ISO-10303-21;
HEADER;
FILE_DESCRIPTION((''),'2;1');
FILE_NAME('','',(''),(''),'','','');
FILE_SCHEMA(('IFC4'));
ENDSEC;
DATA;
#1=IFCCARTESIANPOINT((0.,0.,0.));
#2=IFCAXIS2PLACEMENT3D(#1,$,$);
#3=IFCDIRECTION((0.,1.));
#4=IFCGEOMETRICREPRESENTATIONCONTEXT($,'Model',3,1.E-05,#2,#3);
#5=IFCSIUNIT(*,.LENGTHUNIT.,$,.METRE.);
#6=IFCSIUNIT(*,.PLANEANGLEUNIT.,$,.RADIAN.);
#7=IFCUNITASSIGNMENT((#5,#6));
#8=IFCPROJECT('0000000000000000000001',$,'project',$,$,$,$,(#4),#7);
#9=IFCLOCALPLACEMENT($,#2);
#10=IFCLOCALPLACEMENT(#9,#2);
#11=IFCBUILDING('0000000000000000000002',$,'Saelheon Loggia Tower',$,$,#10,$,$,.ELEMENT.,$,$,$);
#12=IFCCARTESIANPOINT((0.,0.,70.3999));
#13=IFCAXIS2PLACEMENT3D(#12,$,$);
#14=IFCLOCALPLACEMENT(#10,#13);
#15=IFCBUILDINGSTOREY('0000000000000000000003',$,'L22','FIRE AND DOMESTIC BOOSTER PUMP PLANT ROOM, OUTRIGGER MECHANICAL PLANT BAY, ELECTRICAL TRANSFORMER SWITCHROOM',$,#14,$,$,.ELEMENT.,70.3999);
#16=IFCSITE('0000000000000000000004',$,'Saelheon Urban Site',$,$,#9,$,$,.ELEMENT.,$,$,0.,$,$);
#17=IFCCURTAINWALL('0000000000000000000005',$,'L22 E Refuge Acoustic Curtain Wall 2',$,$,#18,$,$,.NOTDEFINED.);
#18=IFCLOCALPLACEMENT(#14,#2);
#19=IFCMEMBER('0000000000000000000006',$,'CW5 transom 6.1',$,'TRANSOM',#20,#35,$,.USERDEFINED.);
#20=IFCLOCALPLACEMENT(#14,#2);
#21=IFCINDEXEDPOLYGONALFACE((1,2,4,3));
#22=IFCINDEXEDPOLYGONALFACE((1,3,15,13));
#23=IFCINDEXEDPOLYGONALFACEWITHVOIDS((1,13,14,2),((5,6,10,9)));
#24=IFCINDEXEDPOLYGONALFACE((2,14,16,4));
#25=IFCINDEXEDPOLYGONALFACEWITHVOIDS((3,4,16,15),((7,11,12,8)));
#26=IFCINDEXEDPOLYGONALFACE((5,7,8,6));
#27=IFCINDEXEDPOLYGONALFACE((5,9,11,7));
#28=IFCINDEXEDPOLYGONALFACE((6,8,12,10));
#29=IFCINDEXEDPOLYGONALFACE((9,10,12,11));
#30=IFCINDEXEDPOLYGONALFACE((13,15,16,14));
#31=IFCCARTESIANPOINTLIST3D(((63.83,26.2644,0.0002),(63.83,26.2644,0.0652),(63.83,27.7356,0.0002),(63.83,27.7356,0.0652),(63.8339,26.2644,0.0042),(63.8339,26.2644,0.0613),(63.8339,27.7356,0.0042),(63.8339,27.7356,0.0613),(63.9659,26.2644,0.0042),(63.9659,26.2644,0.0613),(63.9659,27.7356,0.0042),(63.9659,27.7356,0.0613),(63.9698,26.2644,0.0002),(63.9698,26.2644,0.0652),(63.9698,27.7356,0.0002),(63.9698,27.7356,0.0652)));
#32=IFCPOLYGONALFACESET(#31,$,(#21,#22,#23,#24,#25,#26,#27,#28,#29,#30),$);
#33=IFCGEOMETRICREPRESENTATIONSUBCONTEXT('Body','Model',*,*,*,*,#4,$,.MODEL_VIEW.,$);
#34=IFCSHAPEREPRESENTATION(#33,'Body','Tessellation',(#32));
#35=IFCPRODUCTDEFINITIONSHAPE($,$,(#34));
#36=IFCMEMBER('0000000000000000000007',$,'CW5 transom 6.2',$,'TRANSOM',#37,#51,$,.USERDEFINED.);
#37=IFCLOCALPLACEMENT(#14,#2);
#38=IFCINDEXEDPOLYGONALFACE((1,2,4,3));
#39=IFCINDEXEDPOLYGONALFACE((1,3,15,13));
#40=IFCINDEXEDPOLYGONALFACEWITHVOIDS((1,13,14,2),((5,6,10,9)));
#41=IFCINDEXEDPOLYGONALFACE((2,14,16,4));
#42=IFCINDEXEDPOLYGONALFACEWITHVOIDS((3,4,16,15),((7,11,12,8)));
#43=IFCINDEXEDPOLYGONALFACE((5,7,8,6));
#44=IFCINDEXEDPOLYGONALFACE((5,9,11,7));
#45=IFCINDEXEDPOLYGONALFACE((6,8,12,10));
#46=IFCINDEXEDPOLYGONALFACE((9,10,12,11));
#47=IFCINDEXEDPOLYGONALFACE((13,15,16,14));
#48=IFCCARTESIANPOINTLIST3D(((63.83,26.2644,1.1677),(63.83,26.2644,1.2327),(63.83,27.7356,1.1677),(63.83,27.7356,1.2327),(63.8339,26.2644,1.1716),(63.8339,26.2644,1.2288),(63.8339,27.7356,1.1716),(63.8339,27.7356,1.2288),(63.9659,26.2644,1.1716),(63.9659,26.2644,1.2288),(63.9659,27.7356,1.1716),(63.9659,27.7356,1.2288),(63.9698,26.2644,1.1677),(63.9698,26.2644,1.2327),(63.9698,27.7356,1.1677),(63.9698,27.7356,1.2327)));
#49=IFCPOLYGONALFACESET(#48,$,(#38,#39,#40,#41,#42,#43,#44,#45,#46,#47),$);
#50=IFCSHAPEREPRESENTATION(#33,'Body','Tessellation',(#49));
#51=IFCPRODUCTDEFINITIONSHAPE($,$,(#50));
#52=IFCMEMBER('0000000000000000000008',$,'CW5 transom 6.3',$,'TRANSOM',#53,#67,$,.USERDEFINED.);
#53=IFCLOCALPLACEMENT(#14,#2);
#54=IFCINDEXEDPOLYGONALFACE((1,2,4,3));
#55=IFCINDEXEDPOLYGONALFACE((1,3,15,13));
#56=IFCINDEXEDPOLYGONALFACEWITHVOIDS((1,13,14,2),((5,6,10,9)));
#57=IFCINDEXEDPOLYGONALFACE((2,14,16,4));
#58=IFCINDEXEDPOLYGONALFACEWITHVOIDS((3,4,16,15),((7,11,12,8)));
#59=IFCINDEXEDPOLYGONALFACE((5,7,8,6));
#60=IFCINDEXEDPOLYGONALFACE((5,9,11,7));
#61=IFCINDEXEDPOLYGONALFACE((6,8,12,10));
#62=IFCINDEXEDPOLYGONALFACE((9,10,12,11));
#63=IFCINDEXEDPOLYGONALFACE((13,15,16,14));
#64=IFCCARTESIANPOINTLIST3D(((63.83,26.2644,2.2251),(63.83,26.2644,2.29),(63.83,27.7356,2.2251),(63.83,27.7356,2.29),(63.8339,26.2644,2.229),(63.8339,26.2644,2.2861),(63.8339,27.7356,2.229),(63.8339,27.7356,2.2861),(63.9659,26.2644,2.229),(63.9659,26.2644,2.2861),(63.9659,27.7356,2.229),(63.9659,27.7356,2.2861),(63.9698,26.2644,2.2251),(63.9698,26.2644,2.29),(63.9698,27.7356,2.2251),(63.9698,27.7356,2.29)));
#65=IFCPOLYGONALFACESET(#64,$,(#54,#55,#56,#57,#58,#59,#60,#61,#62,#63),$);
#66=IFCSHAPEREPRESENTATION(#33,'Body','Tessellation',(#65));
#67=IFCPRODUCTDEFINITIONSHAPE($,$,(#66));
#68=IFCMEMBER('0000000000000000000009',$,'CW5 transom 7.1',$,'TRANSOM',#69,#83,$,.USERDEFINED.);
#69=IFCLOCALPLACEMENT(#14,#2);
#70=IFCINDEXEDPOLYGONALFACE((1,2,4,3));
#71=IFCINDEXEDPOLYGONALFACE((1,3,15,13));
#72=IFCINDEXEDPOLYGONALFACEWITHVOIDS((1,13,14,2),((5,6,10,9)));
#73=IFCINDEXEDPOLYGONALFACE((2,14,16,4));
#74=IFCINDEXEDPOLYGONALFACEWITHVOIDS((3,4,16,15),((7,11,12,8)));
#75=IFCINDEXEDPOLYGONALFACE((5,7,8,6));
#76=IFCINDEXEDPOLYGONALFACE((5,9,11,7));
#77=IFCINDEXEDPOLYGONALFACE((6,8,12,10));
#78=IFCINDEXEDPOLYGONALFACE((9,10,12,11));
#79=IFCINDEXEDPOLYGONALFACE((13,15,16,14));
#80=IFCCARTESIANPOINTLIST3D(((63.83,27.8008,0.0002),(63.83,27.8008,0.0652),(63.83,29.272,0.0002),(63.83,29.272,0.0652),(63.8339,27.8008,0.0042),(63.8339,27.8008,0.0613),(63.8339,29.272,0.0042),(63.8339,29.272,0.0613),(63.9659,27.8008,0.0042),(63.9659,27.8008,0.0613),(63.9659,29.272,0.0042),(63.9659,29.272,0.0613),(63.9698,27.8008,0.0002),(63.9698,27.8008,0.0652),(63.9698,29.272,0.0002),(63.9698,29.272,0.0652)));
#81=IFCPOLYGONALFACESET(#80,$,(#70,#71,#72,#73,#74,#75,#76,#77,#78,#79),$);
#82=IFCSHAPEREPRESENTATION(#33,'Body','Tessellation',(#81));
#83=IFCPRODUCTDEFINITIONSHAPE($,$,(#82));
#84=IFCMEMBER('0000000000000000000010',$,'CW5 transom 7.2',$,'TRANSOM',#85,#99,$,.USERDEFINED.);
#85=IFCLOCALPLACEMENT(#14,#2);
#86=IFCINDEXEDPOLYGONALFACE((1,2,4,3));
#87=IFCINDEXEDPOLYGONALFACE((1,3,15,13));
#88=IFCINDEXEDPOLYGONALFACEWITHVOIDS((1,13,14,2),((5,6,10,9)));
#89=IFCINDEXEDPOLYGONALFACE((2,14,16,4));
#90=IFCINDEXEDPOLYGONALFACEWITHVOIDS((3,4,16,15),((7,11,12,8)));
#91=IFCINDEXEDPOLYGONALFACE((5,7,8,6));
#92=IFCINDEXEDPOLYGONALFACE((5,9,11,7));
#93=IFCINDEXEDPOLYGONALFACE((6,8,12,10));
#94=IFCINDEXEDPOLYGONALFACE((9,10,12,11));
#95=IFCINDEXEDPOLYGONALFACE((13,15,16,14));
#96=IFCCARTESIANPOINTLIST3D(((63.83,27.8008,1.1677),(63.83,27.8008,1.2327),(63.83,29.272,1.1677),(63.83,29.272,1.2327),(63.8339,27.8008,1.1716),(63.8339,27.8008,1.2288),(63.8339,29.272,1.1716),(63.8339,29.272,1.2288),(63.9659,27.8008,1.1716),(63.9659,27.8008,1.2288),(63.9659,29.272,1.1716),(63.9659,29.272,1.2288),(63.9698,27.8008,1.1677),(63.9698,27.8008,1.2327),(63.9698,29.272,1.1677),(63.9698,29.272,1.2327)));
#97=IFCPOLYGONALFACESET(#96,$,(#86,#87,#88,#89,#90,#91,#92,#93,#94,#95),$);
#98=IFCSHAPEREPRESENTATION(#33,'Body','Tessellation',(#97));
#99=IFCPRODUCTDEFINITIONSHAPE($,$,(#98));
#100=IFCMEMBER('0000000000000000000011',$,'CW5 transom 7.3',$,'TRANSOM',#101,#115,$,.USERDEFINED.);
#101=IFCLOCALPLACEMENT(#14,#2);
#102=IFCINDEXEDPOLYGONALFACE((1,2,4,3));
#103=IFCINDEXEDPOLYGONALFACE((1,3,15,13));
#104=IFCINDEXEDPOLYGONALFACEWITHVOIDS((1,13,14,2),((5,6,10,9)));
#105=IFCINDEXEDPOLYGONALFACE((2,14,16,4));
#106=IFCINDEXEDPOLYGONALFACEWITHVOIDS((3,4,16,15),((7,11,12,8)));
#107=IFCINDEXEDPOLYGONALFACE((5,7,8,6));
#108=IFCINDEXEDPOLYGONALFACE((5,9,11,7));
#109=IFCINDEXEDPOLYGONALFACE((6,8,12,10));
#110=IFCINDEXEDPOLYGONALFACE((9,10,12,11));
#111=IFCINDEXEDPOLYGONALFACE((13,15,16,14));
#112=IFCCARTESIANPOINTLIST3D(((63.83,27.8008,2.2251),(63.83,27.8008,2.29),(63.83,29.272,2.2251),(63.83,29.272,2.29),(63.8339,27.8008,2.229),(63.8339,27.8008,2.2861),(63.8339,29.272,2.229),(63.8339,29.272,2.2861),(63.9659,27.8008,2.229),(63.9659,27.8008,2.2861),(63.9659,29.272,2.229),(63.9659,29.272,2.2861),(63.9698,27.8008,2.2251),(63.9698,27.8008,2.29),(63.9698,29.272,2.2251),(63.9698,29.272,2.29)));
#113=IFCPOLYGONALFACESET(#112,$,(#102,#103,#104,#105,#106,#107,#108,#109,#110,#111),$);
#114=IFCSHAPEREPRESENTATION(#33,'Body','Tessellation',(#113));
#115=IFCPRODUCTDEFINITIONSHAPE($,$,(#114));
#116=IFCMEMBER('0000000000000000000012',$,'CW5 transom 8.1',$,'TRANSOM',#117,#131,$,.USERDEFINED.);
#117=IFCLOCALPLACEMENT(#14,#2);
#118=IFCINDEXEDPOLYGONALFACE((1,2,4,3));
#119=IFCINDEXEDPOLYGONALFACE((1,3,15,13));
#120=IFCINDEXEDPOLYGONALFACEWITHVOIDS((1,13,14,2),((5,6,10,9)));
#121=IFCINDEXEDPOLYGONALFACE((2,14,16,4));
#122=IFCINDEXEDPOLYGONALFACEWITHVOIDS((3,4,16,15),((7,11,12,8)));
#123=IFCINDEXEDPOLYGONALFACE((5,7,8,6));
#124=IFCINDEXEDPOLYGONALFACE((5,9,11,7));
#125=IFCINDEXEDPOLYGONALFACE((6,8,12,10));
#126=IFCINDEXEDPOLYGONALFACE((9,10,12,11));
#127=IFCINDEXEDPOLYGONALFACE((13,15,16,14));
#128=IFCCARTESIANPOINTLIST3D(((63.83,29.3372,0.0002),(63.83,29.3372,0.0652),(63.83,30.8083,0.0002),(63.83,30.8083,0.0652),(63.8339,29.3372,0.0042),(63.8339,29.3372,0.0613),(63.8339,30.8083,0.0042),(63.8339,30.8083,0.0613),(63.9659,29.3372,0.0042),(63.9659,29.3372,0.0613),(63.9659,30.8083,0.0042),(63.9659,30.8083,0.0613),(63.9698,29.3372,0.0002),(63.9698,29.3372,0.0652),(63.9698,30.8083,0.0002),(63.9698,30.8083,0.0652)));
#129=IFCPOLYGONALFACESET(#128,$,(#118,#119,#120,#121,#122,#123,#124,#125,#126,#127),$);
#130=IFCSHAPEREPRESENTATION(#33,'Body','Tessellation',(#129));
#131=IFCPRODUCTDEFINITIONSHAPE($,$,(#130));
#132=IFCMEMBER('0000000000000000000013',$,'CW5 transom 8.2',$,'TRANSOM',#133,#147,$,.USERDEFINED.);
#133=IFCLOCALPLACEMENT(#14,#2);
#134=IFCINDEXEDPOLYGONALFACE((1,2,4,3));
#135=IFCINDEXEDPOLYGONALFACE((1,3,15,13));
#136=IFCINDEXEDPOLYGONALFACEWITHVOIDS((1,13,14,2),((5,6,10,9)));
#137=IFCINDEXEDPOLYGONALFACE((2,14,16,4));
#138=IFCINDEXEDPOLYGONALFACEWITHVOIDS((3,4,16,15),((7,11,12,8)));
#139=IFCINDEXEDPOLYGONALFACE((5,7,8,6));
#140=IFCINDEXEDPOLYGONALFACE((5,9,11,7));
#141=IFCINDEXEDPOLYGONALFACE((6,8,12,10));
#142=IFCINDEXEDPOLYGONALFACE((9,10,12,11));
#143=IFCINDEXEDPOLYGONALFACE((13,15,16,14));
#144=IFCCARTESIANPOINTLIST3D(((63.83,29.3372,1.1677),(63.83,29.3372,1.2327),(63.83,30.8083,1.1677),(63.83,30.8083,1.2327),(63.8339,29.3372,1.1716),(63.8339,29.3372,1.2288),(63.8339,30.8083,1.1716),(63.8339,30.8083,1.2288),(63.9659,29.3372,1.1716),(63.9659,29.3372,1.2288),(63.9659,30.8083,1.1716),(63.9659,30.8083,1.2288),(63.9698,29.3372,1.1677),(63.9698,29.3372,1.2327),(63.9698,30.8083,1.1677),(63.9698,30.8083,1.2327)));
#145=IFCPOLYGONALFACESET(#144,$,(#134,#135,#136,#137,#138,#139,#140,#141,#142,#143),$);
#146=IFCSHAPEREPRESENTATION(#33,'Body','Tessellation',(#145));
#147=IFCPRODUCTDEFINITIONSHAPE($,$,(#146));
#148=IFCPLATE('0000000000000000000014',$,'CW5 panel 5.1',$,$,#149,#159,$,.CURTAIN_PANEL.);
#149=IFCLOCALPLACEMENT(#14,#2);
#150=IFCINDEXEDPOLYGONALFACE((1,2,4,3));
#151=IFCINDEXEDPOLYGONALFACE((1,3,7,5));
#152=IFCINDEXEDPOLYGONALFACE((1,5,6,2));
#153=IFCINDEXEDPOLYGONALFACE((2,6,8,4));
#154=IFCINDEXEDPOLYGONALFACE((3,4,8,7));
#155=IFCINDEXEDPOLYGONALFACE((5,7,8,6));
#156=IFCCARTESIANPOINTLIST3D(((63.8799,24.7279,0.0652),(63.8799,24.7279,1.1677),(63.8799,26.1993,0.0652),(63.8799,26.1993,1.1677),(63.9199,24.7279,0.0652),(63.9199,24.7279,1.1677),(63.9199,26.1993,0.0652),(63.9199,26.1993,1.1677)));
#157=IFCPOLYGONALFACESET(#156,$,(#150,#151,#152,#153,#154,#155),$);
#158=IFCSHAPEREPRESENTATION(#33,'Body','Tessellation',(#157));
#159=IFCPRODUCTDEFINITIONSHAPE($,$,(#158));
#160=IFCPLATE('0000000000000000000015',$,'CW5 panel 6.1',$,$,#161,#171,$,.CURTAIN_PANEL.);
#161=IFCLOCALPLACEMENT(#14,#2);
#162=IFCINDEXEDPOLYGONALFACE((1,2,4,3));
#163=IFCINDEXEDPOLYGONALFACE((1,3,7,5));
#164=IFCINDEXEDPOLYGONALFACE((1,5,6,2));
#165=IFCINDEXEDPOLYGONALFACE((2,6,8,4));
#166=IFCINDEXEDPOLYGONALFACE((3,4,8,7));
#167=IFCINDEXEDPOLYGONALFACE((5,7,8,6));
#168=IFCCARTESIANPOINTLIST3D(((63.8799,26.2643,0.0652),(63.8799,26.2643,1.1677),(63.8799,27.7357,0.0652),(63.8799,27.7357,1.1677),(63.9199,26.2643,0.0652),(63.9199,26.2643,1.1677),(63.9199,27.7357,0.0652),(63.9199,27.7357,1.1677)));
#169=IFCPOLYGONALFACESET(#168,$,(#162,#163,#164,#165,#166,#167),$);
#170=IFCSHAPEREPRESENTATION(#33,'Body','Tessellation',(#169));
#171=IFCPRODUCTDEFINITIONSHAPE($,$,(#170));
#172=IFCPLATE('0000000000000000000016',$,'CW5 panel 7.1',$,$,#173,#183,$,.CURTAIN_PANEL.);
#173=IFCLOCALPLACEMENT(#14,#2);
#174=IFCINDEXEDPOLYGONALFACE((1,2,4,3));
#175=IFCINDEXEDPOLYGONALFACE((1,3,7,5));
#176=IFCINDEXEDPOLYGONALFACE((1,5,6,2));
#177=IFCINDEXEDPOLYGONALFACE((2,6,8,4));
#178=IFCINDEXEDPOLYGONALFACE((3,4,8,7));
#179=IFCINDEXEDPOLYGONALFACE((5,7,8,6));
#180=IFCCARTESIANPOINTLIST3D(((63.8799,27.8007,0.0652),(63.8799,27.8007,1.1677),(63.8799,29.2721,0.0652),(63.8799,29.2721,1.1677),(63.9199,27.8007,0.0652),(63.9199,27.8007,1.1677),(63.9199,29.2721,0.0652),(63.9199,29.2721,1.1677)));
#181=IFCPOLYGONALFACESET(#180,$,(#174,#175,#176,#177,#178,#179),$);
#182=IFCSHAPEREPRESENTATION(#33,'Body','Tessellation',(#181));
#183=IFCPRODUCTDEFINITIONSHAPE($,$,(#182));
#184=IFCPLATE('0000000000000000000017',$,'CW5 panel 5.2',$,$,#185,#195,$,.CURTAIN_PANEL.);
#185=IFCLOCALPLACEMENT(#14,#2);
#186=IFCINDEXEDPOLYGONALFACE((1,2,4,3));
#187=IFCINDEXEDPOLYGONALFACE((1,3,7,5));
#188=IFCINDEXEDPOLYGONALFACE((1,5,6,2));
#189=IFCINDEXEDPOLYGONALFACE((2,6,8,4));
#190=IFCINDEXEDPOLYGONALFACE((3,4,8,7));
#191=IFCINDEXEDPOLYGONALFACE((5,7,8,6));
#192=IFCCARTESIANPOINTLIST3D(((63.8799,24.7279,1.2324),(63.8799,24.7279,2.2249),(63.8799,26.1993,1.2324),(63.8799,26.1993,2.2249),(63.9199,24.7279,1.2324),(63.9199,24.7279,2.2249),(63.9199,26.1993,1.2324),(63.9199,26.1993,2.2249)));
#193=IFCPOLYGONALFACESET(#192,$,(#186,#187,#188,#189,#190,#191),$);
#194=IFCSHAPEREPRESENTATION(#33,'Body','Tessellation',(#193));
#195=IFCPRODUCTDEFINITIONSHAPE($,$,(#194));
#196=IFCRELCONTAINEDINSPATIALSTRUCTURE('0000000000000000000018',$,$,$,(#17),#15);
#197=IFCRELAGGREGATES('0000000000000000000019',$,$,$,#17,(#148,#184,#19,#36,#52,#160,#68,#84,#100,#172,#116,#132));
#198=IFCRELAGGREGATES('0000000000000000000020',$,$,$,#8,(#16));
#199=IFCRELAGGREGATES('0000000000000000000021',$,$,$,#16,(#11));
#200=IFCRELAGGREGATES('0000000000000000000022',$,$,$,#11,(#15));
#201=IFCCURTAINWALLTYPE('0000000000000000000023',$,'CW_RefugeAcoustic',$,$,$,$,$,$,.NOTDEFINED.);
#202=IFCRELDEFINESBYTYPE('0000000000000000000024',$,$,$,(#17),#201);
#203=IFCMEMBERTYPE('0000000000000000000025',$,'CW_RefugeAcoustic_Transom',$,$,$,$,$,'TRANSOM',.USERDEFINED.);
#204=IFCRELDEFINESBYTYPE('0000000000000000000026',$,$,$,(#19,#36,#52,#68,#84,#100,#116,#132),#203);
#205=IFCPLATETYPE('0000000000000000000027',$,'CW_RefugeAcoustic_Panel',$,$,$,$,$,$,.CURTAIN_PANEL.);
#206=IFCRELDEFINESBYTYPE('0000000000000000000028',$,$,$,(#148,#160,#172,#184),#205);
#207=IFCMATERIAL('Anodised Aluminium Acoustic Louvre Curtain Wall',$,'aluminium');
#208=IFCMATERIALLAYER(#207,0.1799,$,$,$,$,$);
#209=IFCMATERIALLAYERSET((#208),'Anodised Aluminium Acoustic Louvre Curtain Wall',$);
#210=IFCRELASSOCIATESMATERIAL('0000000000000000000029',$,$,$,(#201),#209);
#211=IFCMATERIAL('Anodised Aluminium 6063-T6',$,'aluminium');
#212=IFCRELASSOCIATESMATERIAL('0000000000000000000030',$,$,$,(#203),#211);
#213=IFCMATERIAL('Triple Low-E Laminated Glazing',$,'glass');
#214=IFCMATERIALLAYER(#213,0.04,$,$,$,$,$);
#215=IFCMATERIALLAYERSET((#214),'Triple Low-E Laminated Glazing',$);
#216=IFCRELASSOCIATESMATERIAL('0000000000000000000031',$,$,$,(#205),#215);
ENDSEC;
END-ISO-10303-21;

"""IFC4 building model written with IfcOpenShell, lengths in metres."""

from ifc_helpers import new_model, si_unit, direction, frame, origin, origin_2d, place, context, subcontext, project, spatial, rectangle, hollow_rectangle, extrude, source, transform, mapped, material, layer, layer_set, material_profile, profile_set, type_object, element, aggregate, save


model = new_model("IFC4")

# Units and contexts
model_context = context("Model", 3, precision=1e-05, world=origin(), true_north=direction((0.0, 1.0)))
body_context = subcontext(model_context, "Body", "Model", "MODEL_VIEW")
ifc_project = project(units=[si_unit("LENGTHUNIT", "METRE"), si_unit("PLANEANGLEUNIT", "RADIAN")], contexts=[model_context])

# Site, building, storey
site_placement = place(None, origin())
site = spatial("IfcSite", under=ifc_project, at=site_placement, Name="Saelheon Urban Site", CompositionType="ELEMENT", RefElevation=0.0)
building_placement = place(site_placement, origin())
building = spatial("IfcBuilding", under=site, at=building_placement, Name="Saelheon Loggia Tower", CompositionType="ELEMENT")
storey_placement = place(building_placement, frame((0.0, 0.0, 70.3999)))
storey = spatial("IfcBuildingStorey", under=building, at=storey_placement, Name="L22", Description="FIRE AND DOMESTIC BOOSTER PUMP PLANT ROOM, OUTRIGGER MECHANICAL PLANT BAY, ELECTRICAL TRANSFORMER SWITCHROOM", CompositionType="ELEMENT", Elevation=70.3999)

# Curtain wall, members, plates
ifc_material_1 = material(Name="Anodised Aluminium Acoustic Louvre Curtain Wall", Category="aluminium")
ifc_layer_1 = layer(ifc_material_1, 0.1799)
ifc_layer_set_1 = layer_set([ifc_layer_1], Name="Anodised Aluminium Acoustic Louvre Curtain Wall")
curtain_wall_type = type_object("IfcCurtainWallType", Name="CW_RefugeAcoustic", PredefinedType="NOTDEFINED", material=ifc_layer_set_1)
curtain_wall_placement = place(storey_placement, origin())
curtain_wall = element("IfcCurtainWall", 1, at=curtain_wall_placement, inside=storey, type_object=curtain_wall_type, Name="L22 E Refuge Acoustic Curtain Wall 2", PredefinedType="NOTDEFINED")
ifc_material_2 = material(Name="Anodised Aluminium 6063-T6", Category="aluminium")
ifc_material_profile_1 = material_profile(ifc_material_2, hollow_rectangle(XDim=0.0649, YDim=0.1399, WallThickness=0.0039, at=origin_2d()), Name="RHS-140x65x4")
ifc_profile_set_1 = profile_set([ifc_material_profile_1], Name="Anodised Aluminium 6063-T6")
member_type_1 = type_object("IfcMemberType", Name="CW_RefugeAcoustic_Transom", ElementType="TRANSOM", PredefinedType="USERDEFINED", material=ifc_profile_set_1)
shared_shape_1 = source(origin(), body_context, "Body", "SweptSolid", [
    extrude(hollow_rectangle(XDim=0.0649, YDim=0.1399, WallThickness=0.0039, at=origin_2d()), origin(), (0.0, 0.0, 1.0), 1.4712),
])
member_1_placement = place(storey_placement, frame((63.8999, 26.2644, 0.0327), z_axis=(0.0, 1.0, 0.0), x_axis=(0.0, 0.0, 1.0)))
member_1 = element("IfcMember", 2, at=member_1_placement, type_object=member_type_1, Name="CW5 transom 6.1", ObjectType="TRANSOM", PredefinedType="USERDEFINED", context=body_context, shape_type="MappedRepresentation", body=[
    mapped(shared_shape_1, transform((0.0, 0.0, 0.0), scale=1.0)),
])
member_2_placement = place(storey_placement, frame((63.8999, 26.2644, 1.2002), z_axis=(0.0, 1.0, 0.0), x_axis=(0.0, 0.0, 1.0)))
member_2 = element("IfcMember", 3, at=member_2_placement, type_object=member_type_1, Name="CW5 transom 6.2", ObjectType="TRANSOM", PredefinedType="USERDEFINED", context=body_context, shape_type="MappedRepresentation", body=[
    mapped(shared_shape_1, transform((0.0, 0.0, 0.0), scale=1.0)),
])
member_3_placement = place(storey_placement, frame((63.8999, 26.2644, 2.2576), z_axis=(0.0, 1.0, 0.0), x_axis=(0.0, 0.0, 1.0)))
member_3 = element("IfcMember", 4, at=member_3_placement, type_object=member_type_1, Name="CW5 transom 6.3", ObjectType="TRANSOM", PredefinedType="USERDEFINED", context=body_context, shape_type="MappedRepresentation", body=[
    mapped(shared_shape_1, transform((0.0, 0.0, 0.0), scale=1.0)),
])
member_4_placement = place(storey_placement, frame((63.8999, 27.8008, 0.0327), z_axis=(0.0, 1.0, 0.0), x_axis=(0.0, 0.0, 1.0)))
member_4 = element("IfcMember", 5, at=member_4_placement, type_object=member_type_1, Name="CW5 transom 7.1", ObjectType="TRANSOM", PredefinedType="USERDEFINED", context=body_context, shape_type="MappedRepresentation", body=[
    mapped(shared_shape_1, transform((0.0, 0.0, 0.0), scale=1.0)),
])
member_5_placement = place(storey_placement, frame((63.8999, 27.8008, 1.2002), z_axis=(0.0, 1.0, 0.0), x_axis=(0.0, 0.0, 1.0)))
member_5 = element("IfcMember", 6, at=member_5_placement, type_object=member_type_1, Name="CW5 transom 7.2", ObjectType="TRANSOM", PredefinedType="USERDEFINED", context=body_context, shape_type="MappedRepresentation", body=[
    mapped(shared_shape_1, transform((0.0, 0.0, 0.0), scale=1.0)),
])
member_6_placement = place(storey_placement, frame((63.8999, 27.8008, 2.2576), z_axis=(0.0, 1.0, 0.0), x_axis=(0.0, 0.0, 1.0)))
member_6 = element("IfcMember", 7, at=member_6_placement, type_object=member_type_1, Name="CW5 transom 7.3", ObjectType="TRANSOM", PredefinedType="USERDEFINED", context=body_context, shape_type="MappedRepresentation", body=[
    mapped(shared_shape_1, transform((0.0, 0.0, 0.0), scale=1.0)),
])
member_7_placement = place(storey_placement, frame((63.8999, 29.3372, 0.0327), z_axis=(0.0, 1.0, 0.0), x_axis=(0.0, 0.0, 1.0)))
member_7 = element("IfcMember", 8, at=member_7_placement, type_object=member_type_1, Name="CW5 transom 8.1", ObjectType="TRANSOM", PredefinedType="USERDEFINED", context=body_context, shape_type="MappedRepresentation", body=[
    mapped(shared_shape_1, transform((0.0, 0.0, 0.0), scale=1.0)),
])
member_8_placement = place(storey_placement, frame((63.8999, 29.3372, 1.2002), z_axis=(0.0, 1.0, 0.0), x_axis=(0.0, 0.0, 1.0)))
member_8 = element("IfcMember", 9, at=member_8_placement, type_object=member_type_1, Name="CW5 transom 8.2", ObjectType="TRANSOM", PredefinedType="USERDEFINED", context=body_context, shape_type="MappedRepresentation", body=[
    mapped(shared_shape_1, transform((0.0, 0.0, 0.0), scale=1.0)),
])
ifc_material_3 = material(Name="Triple Low-E Laminated Glazing", Category="glass")
ifc_layer_2 = layer(ifc_material_3, 0.04)
ifc_layer_set_2 = layer_set([ifc_layer_2], Name="Triple Low-E Laminated Glazing")
plate_type = type_object("IfcPlateType", Name="CW_RefugeAcoustic_Panel", PredefinedType="CURTAIN_PANEL", material=ifc_layer_set_2)
shared_shape_2 = source(origin(), body_context, "Body", "SweptSolid", [
    extrude(rectangle(XDim=1.4714, YDim=0.04, at=origin_2d()), origin(), (0.0, 0.0, 1.0), 1.1025),
])
plate_1_placement = place(storey_placement, frame((63.8999, 25.4636, 0.0652), z_axis=(0.0, 0.0, 1.0), x_axis=(0.0, 1.0, 0.0)))
plate_1 = element("IfcPlate", 10, at=plate_1_placement, type_object=plate_type, Name="CW5 panel 5.1", PredefinedType="CURTAIN_PANEL", context=body_context, shape_type="MappedRepresentation", body=[
    mapped(shared_shape_2, transform((0.0, 0.0, 0.0), scale=1.0)),
])
plate_2_placement = place(storey_placement, frame((63.8999, 27.0, 0.0652), z_axis=(0.0, 0.0, 1.0), x_axis=(0.0, 1.0, 0.0)))
plate_2 = element("IfcPlate", 11, at=plate_2_placement, type_object=plate_type, Name="CW5 panel 6.1", PredefinedType="CURTAIN_PANEL", context=body_context, shape_type="MappedRepresentation", body=[
    mapped(shared_shape_2, transform((0.0, 0.0, 0.0), scale=1.0)),
])
plate_3_placement = place(storey_placement, frame((63.8999, 28.5364, 0.0652), z_axis=(0.0, 0.0, 1.0), x_axis=(0.0, 1.0, 0.0)))
plate_3 = element("IfcPlate", 12, at=plate_3_placement, type_object=plate_type, Name="CW5 panel 7.1", PredefinedType="CURTAIN_PANEL", context=body_context, shape_type="MappedRepresentation", body=[
    mapped(shared_shape_2, transform((0.0, 0.0, 0.0), scale=1.0)),
])
shared_shape_3 = source(origin(), body_context, "Body", "SweptSolid", [
    extrude(rectangle(XDim=1.4714, YDim=0.04, at=origin_2d()), origin(), (0.0, 0.0, 1.0), 0.9924),
])
plate_4_placement = place(storey_placement, frame((63.8999, 25.4636, 1.2324), z_axis=(0.0, 0.0, 1.0), x_axis=(0.0, 1.0, 0.0)))
plate_4 = element("IfcPlate", 13, at=plate_4_placement, type_object=plate_type, Name="CW5 panel 5.2", PredefinedType="CURTAIN_PANEL", context=body_context, shape_type="MappedRepresentation", body=[
    mapped(shared_shape_3, transform((0.0, 0.0, 0.0), scale=1.0)),
])
aggregate(curtain_wall, [plate_1, plate_4, member_1, member_2, member_3, plate_2, member_4, member_5, member_6, plate_3, member_7, member_8])

save(model, "model.ifc")
